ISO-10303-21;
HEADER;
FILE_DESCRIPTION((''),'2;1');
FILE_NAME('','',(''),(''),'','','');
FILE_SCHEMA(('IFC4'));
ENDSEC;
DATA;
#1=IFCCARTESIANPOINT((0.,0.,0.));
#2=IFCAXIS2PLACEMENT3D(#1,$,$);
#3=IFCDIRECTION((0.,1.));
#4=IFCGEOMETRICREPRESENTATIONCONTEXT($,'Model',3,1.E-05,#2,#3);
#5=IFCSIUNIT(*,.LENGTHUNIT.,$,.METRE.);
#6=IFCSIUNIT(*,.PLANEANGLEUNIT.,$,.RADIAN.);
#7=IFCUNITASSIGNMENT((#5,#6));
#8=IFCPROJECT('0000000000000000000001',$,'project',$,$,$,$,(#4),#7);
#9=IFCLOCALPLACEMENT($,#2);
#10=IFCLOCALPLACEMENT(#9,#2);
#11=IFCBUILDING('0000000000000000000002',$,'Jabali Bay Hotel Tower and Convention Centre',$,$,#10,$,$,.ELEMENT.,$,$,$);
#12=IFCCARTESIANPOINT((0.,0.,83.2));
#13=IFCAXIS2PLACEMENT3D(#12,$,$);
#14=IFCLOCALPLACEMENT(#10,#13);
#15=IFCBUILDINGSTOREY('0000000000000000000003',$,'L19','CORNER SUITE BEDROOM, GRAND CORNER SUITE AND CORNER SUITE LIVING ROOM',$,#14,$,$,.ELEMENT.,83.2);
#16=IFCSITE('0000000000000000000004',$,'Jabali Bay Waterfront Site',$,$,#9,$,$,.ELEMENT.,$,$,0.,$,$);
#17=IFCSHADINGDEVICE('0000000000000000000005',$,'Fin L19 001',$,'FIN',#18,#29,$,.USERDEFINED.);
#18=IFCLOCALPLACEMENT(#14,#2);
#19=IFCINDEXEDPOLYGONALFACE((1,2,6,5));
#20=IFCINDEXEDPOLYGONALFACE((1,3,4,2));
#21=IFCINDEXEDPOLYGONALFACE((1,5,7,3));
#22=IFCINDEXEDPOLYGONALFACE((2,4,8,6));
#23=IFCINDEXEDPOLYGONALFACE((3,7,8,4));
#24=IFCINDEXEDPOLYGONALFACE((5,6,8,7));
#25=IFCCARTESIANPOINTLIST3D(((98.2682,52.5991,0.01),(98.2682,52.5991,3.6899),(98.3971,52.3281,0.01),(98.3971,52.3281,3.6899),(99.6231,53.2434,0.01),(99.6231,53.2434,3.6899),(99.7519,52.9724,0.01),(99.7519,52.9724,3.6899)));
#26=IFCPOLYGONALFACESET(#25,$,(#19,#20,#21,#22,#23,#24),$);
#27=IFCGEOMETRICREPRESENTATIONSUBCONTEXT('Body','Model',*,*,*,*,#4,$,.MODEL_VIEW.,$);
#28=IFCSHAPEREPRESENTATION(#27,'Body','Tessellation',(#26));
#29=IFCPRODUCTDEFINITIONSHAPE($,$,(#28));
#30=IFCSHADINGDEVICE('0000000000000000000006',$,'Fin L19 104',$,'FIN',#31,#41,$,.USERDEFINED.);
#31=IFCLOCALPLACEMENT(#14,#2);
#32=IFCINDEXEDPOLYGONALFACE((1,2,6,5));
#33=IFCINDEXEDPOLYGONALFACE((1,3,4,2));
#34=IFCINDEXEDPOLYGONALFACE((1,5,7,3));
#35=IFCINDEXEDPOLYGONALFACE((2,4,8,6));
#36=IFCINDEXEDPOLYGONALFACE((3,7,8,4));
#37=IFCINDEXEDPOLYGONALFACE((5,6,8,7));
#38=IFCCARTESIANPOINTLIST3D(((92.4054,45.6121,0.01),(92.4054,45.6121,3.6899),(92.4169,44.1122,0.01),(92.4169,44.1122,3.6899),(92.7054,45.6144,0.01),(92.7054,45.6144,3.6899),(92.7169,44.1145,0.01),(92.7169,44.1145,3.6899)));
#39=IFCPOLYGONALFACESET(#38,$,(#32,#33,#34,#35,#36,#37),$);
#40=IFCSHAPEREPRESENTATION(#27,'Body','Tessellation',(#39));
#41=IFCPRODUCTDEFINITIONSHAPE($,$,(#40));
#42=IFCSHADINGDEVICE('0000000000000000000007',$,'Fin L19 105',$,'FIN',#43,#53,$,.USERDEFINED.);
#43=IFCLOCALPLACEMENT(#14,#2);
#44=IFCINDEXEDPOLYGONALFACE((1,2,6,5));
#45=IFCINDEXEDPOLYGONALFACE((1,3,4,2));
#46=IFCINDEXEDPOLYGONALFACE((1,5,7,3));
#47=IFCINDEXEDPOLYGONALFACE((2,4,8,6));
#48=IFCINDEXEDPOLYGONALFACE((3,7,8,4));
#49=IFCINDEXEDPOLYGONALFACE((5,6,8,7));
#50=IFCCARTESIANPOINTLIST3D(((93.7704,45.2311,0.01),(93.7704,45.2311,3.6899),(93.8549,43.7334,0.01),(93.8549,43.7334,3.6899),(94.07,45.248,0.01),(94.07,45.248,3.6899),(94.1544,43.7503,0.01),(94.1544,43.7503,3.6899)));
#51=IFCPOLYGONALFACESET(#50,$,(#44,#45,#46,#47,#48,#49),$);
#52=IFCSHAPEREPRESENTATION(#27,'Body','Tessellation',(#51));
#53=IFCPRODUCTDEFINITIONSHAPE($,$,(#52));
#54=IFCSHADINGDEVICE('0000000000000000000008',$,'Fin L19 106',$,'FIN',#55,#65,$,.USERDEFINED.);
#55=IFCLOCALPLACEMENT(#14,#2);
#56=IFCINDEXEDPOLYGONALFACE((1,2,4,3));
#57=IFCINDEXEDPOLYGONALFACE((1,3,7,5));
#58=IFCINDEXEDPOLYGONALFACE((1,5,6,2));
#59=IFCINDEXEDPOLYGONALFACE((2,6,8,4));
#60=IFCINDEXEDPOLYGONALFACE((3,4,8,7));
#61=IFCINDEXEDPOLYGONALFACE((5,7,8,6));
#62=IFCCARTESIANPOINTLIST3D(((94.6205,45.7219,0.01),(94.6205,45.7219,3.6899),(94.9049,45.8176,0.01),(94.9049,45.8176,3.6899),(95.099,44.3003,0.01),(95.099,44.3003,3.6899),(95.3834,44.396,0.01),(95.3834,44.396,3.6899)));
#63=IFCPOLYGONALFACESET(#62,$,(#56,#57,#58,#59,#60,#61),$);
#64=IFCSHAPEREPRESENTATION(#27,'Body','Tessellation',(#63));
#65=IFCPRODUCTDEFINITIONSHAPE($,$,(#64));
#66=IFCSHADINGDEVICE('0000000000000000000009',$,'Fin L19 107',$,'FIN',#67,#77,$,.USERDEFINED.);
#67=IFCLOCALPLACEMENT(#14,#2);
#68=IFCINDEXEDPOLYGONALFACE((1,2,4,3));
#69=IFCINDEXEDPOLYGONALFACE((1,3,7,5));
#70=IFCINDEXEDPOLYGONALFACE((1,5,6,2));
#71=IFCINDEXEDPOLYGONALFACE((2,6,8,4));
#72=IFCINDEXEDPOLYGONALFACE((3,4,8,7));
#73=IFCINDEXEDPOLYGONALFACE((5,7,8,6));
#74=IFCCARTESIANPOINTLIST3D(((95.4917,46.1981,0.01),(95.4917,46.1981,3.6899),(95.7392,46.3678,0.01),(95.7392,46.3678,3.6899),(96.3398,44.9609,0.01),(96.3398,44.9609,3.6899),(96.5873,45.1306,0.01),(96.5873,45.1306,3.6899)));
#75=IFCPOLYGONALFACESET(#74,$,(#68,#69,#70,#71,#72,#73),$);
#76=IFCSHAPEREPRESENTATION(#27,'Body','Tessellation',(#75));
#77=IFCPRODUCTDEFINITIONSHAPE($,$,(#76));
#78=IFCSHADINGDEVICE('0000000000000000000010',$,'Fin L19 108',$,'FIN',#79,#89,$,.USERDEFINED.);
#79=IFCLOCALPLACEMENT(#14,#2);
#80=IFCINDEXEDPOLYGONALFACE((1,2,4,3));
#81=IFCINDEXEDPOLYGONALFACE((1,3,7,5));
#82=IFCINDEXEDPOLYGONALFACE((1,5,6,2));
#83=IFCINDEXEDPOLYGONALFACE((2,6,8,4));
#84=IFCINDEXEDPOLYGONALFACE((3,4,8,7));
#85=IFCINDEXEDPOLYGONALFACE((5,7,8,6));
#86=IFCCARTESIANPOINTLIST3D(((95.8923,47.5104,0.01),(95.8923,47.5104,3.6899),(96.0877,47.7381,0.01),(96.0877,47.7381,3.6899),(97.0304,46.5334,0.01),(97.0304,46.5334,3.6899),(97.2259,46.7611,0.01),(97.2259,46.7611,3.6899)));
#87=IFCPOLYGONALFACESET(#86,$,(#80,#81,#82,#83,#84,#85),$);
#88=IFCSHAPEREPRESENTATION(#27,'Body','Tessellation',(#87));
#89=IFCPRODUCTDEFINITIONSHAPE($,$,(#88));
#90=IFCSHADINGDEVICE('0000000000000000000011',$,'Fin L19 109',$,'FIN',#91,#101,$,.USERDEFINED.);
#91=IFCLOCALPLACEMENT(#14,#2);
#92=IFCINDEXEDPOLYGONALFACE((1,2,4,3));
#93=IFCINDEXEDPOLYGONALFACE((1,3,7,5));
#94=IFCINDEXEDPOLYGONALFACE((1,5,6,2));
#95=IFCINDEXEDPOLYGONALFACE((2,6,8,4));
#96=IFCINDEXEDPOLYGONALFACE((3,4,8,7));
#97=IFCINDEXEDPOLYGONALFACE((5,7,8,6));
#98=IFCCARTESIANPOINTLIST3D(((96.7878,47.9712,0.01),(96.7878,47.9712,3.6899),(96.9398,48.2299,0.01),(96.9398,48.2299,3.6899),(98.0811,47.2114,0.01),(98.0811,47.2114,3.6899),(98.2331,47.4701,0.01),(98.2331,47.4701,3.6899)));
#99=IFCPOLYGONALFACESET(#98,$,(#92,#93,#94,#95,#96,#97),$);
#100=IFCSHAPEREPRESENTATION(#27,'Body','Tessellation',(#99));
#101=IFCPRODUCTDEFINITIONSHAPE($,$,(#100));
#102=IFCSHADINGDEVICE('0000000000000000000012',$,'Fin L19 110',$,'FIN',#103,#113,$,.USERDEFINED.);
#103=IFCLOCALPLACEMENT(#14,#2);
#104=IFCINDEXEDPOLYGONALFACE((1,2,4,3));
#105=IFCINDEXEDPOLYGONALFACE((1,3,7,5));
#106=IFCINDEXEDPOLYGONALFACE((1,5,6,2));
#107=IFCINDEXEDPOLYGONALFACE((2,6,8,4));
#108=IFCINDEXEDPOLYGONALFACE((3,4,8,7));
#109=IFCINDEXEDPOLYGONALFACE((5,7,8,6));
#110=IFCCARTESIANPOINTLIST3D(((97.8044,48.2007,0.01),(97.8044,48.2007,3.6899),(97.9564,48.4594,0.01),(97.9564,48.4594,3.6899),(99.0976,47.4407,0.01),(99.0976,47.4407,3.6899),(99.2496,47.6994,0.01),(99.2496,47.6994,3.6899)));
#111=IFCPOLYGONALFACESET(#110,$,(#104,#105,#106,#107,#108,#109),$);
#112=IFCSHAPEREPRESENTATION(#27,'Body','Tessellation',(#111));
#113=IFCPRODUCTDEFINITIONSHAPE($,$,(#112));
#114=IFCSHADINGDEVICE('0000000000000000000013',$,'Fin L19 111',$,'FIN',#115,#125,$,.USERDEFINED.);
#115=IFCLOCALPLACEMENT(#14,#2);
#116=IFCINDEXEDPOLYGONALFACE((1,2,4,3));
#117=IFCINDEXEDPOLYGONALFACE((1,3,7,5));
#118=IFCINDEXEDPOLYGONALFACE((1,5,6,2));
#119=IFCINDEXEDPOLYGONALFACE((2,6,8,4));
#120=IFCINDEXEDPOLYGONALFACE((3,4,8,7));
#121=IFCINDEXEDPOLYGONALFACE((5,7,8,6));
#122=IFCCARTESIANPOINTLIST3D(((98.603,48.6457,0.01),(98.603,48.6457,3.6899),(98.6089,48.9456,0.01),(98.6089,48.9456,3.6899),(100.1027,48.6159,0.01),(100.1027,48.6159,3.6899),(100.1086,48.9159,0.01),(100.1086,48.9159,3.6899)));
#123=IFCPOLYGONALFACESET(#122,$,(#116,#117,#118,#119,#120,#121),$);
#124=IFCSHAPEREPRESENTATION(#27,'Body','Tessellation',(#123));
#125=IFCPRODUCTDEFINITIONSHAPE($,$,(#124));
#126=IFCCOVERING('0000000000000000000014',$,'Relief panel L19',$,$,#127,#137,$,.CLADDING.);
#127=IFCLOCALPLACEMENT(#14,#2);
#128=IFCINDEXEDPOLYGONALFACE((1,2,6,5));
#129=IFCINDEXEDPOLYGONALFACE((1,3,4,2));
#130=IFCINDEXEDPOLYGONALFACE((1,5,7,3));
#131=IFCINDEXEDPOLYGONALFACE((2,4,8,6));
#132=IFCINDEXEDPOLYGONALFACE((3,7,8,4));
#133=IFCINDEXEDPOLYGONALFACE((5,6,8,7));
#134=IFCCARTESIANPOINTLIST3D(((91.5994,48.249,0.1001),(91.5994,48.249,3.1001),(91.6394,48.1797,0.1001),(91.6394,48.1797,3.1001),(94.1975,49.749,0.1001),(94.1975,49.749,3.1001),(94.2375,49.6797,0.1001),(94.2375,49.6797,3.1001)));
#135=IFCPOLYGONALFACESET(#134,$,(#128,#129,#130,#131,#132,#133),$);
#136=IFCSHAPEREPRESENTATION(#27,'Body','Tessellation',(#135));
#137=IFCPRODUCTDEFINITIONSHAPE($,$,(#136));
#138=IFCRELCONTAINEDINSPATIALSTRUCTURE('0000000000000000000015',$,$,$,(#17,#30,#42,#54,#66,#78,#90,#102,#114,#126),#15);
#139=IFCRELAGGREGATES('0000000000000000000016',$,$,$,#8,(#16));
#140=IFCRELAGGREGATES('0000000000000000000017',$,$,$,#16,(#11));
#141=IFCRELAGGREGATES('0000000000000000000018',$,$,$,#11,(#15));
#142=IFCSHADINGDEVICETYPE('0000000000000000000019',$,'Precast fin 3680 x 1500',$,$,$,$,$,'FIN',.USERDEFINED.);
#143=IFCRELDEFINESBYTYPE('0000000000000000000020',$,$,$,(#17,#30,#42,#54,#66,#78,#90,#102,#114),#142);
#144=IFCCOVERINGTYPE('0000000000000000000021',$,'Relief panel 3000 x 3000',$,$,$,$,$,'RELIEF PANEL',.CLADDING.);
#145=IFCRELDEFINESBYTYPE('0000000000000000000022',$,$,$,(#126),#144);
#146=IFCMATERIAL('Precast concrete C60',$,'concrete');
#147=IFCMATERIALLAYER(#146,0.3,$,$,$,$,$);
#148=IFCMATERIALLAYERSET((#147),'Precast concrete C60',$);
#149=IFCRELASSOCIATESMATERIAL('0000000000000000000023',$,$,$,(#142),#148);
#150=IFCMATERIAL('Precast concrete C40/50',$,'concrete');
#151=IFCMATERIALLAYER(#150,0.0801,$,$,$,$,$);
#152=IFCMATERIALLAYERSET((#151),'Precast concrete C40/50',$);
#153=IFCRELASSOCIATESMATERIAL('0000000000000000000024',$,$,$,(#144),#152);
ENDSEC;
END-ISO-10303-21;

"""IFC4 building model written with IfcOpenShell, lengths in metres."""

from ifc_helpers import new_model, si_unit, direction, frame, frame_2d, origin, origin_2d, place, context, subcontext, project, spatial, rectangle, extrude, material, layer, layer_set, type_object, element, save


model = new_model("IFC4")

# Units and contexts
model_context = context("Model", 3, precision=1e-05, world=origin(), true_north=direction((0.0, 1.0)))
body_context = subcontext(model_context, "Body", "Model", "MODEL_VIEW")
ifc_project = project(units=[si_unit("LENGTHUNIT", "METRE"), si_unit("PLANEANGLEUNIT", "RADIAN")], contexts=[model_context])

# Site, building, storey
site_placement = place(None, origin())
site = spatial("IfcSite", under=ifc_project, at=site_placement, Name="Jabali Bay Waterfront Site", CompositionType="ELEMENT", RefElevation=0.0)
building_placement = place(site_placement, origin())
building = spatial("IfcBuilding", under=site, at=building_placement, Name="Jabali Bay Hotel Tower and Convention Centre", CompositionType="ELEMENT")
storey_placement = place(building_placement, frame((0.0, 0.0, 83.2)))
storey = spatial("IfcBuildingStorey", under=building, at=storey_placement, Name="L19", Description="CORNER SUITE BEDROOM, GRAND CORNER SUITE AND CORNER SUITE LIVING ROOM", CompositionType="ELEMENT", Elevation=83.2)

# Shading devices
ifc_material_1 = material(Name="Precast concrete C60", Category="concrete")
ifc_layer_1 = layer(ifc_material_1, 0.3)
ifc_layer_set_1 = layer_set([ifc_layer_1], Name="Precast concrete C60")
shading_device_type_1 = type_object("IfcShadingDeviceType", Name="Precast fin 3680 x 1500", ElementType="FIN", PredefinedType="USERDEFINED", material=ifc_layer_set_1)
for number, where, z_axis, x_axis, name in (
    (1, (98.3328, 52.4636, 0.01), (0.0, 0.0, 1.0), (0.903074, 0.429485, 0.0), "Fin L19 001"),
):
    element("IfcShadingDevice", number, at=place(storey_placement, frame(where, z_axis=z_axis, x_axis=x_axis)), inside=storey, type_object=shading_device_type_1, Name=name, ObjectType="FIN", PredefinedType="USERDEFINED", context=body_context, shape_type="SweptSolid", body=[
        extrude(rectangle(XDim=1.5002, YDim=0.3, at=frame_2d((0.75, 0.0))), origin(), (0.0, 0.0, 1.0), 3.6799),
    ])
for number, where, z_axis, x_axis, name in (
    (2, (92.5554, 45.6133, 0.01), (0.0, 0.0, 1.0), (0.00765, -0.999971, 0.0), "Fin L19 104"),
    (3, (93.9202, 45.2395, 0.01), (0.0, 0.0, 1.0), (0.056317, -0.998413, 0.0), "Fin L19 105"),
    (4, (94.7627, 45.7698, 0.01), (0.0, 0.0, 1.0), (0.31901, -0.947751, 0.0), "Fin L19 106"),
    (5, (95.6155, 46.283, 0.01), (0.0, 0.0, 1.0), (0.565396, -0.82482, 0.0), "Fin L19 107"),
    (6, (95.99, 47.6243, 0.01), (0.0, 0.0, 1.0), (0.758774, -0.651354, 0.0), "Fin L19 108"),
    (7, (96.8638, 48.1006, 0.01), (0.0, 0.0, 1.0), (0.86221, -0.506551, 0.0), "Fin L19 109"),
    (8, (97.8804, 48.3301, 0.01), (0.0, 0.0, 1.0), (0.862139, -0.506672, 0.0), "Fin L19 110"),
    (9, (98.606, 48.7957, 0.01), (0.0, 0.0, 1.0), (0.999803, -0.019856, 0.0), "Fin L19 111"),
):
    element("IfcShadingDevice", number, at=place(storey_placement, frame(where, z_axis=z_axis, x_axis=x_axis)), inside=storey, type_object=shading_device_type_1, Name=name, ObjectType="FIN", PredefinedType="USERDEFINED", context=body_context, shape_type="SweptSolid", body=[
        extrude(rectangle(XDim=1.5, YDim=0.3, at=frame_2d((0.75, 0.0))), origin(), (0.0, 0.0, 1.0), 3.6799),
    ])

# Covering
ifc_material_2 = material(Name="Precast concrete C40/50", Category="concrete")
ifc_layer_2 = layer(ifc_material_2, 0.0801)
ifc_layer_set_2 = layer_set([ifc_layer_2], Name="Precast concrete C40/50")
covering_type = type_object("IfcCoveringType", Name="Relief panel 3000 x 3000", ElementType="RELIEF PANEL", PredefinedType="CLADDING", material=ifc_layer_set_2)
covering_placement = place(storey_placement, frame((92.9185, 48.9644, 0.1001), z_axis=(0.0, 0.0, 1.0), x_axis=(-0.866025, -0.5, 0.0)))
element("IfcCovering", 10, at=covering_placement, inside=storey, type_object=covering_type, Name="Relief panel L19", PredefinedType="CLADDING", context=body_context, shape_type="SweptSolid", body=[
    extrude(rectangle(XDim=3.0, YDim=0.0801, at=origin_2d()), origin(), (0.0, 0.0, 1.0), 3.0),
])

save(model, "model.ifc")
